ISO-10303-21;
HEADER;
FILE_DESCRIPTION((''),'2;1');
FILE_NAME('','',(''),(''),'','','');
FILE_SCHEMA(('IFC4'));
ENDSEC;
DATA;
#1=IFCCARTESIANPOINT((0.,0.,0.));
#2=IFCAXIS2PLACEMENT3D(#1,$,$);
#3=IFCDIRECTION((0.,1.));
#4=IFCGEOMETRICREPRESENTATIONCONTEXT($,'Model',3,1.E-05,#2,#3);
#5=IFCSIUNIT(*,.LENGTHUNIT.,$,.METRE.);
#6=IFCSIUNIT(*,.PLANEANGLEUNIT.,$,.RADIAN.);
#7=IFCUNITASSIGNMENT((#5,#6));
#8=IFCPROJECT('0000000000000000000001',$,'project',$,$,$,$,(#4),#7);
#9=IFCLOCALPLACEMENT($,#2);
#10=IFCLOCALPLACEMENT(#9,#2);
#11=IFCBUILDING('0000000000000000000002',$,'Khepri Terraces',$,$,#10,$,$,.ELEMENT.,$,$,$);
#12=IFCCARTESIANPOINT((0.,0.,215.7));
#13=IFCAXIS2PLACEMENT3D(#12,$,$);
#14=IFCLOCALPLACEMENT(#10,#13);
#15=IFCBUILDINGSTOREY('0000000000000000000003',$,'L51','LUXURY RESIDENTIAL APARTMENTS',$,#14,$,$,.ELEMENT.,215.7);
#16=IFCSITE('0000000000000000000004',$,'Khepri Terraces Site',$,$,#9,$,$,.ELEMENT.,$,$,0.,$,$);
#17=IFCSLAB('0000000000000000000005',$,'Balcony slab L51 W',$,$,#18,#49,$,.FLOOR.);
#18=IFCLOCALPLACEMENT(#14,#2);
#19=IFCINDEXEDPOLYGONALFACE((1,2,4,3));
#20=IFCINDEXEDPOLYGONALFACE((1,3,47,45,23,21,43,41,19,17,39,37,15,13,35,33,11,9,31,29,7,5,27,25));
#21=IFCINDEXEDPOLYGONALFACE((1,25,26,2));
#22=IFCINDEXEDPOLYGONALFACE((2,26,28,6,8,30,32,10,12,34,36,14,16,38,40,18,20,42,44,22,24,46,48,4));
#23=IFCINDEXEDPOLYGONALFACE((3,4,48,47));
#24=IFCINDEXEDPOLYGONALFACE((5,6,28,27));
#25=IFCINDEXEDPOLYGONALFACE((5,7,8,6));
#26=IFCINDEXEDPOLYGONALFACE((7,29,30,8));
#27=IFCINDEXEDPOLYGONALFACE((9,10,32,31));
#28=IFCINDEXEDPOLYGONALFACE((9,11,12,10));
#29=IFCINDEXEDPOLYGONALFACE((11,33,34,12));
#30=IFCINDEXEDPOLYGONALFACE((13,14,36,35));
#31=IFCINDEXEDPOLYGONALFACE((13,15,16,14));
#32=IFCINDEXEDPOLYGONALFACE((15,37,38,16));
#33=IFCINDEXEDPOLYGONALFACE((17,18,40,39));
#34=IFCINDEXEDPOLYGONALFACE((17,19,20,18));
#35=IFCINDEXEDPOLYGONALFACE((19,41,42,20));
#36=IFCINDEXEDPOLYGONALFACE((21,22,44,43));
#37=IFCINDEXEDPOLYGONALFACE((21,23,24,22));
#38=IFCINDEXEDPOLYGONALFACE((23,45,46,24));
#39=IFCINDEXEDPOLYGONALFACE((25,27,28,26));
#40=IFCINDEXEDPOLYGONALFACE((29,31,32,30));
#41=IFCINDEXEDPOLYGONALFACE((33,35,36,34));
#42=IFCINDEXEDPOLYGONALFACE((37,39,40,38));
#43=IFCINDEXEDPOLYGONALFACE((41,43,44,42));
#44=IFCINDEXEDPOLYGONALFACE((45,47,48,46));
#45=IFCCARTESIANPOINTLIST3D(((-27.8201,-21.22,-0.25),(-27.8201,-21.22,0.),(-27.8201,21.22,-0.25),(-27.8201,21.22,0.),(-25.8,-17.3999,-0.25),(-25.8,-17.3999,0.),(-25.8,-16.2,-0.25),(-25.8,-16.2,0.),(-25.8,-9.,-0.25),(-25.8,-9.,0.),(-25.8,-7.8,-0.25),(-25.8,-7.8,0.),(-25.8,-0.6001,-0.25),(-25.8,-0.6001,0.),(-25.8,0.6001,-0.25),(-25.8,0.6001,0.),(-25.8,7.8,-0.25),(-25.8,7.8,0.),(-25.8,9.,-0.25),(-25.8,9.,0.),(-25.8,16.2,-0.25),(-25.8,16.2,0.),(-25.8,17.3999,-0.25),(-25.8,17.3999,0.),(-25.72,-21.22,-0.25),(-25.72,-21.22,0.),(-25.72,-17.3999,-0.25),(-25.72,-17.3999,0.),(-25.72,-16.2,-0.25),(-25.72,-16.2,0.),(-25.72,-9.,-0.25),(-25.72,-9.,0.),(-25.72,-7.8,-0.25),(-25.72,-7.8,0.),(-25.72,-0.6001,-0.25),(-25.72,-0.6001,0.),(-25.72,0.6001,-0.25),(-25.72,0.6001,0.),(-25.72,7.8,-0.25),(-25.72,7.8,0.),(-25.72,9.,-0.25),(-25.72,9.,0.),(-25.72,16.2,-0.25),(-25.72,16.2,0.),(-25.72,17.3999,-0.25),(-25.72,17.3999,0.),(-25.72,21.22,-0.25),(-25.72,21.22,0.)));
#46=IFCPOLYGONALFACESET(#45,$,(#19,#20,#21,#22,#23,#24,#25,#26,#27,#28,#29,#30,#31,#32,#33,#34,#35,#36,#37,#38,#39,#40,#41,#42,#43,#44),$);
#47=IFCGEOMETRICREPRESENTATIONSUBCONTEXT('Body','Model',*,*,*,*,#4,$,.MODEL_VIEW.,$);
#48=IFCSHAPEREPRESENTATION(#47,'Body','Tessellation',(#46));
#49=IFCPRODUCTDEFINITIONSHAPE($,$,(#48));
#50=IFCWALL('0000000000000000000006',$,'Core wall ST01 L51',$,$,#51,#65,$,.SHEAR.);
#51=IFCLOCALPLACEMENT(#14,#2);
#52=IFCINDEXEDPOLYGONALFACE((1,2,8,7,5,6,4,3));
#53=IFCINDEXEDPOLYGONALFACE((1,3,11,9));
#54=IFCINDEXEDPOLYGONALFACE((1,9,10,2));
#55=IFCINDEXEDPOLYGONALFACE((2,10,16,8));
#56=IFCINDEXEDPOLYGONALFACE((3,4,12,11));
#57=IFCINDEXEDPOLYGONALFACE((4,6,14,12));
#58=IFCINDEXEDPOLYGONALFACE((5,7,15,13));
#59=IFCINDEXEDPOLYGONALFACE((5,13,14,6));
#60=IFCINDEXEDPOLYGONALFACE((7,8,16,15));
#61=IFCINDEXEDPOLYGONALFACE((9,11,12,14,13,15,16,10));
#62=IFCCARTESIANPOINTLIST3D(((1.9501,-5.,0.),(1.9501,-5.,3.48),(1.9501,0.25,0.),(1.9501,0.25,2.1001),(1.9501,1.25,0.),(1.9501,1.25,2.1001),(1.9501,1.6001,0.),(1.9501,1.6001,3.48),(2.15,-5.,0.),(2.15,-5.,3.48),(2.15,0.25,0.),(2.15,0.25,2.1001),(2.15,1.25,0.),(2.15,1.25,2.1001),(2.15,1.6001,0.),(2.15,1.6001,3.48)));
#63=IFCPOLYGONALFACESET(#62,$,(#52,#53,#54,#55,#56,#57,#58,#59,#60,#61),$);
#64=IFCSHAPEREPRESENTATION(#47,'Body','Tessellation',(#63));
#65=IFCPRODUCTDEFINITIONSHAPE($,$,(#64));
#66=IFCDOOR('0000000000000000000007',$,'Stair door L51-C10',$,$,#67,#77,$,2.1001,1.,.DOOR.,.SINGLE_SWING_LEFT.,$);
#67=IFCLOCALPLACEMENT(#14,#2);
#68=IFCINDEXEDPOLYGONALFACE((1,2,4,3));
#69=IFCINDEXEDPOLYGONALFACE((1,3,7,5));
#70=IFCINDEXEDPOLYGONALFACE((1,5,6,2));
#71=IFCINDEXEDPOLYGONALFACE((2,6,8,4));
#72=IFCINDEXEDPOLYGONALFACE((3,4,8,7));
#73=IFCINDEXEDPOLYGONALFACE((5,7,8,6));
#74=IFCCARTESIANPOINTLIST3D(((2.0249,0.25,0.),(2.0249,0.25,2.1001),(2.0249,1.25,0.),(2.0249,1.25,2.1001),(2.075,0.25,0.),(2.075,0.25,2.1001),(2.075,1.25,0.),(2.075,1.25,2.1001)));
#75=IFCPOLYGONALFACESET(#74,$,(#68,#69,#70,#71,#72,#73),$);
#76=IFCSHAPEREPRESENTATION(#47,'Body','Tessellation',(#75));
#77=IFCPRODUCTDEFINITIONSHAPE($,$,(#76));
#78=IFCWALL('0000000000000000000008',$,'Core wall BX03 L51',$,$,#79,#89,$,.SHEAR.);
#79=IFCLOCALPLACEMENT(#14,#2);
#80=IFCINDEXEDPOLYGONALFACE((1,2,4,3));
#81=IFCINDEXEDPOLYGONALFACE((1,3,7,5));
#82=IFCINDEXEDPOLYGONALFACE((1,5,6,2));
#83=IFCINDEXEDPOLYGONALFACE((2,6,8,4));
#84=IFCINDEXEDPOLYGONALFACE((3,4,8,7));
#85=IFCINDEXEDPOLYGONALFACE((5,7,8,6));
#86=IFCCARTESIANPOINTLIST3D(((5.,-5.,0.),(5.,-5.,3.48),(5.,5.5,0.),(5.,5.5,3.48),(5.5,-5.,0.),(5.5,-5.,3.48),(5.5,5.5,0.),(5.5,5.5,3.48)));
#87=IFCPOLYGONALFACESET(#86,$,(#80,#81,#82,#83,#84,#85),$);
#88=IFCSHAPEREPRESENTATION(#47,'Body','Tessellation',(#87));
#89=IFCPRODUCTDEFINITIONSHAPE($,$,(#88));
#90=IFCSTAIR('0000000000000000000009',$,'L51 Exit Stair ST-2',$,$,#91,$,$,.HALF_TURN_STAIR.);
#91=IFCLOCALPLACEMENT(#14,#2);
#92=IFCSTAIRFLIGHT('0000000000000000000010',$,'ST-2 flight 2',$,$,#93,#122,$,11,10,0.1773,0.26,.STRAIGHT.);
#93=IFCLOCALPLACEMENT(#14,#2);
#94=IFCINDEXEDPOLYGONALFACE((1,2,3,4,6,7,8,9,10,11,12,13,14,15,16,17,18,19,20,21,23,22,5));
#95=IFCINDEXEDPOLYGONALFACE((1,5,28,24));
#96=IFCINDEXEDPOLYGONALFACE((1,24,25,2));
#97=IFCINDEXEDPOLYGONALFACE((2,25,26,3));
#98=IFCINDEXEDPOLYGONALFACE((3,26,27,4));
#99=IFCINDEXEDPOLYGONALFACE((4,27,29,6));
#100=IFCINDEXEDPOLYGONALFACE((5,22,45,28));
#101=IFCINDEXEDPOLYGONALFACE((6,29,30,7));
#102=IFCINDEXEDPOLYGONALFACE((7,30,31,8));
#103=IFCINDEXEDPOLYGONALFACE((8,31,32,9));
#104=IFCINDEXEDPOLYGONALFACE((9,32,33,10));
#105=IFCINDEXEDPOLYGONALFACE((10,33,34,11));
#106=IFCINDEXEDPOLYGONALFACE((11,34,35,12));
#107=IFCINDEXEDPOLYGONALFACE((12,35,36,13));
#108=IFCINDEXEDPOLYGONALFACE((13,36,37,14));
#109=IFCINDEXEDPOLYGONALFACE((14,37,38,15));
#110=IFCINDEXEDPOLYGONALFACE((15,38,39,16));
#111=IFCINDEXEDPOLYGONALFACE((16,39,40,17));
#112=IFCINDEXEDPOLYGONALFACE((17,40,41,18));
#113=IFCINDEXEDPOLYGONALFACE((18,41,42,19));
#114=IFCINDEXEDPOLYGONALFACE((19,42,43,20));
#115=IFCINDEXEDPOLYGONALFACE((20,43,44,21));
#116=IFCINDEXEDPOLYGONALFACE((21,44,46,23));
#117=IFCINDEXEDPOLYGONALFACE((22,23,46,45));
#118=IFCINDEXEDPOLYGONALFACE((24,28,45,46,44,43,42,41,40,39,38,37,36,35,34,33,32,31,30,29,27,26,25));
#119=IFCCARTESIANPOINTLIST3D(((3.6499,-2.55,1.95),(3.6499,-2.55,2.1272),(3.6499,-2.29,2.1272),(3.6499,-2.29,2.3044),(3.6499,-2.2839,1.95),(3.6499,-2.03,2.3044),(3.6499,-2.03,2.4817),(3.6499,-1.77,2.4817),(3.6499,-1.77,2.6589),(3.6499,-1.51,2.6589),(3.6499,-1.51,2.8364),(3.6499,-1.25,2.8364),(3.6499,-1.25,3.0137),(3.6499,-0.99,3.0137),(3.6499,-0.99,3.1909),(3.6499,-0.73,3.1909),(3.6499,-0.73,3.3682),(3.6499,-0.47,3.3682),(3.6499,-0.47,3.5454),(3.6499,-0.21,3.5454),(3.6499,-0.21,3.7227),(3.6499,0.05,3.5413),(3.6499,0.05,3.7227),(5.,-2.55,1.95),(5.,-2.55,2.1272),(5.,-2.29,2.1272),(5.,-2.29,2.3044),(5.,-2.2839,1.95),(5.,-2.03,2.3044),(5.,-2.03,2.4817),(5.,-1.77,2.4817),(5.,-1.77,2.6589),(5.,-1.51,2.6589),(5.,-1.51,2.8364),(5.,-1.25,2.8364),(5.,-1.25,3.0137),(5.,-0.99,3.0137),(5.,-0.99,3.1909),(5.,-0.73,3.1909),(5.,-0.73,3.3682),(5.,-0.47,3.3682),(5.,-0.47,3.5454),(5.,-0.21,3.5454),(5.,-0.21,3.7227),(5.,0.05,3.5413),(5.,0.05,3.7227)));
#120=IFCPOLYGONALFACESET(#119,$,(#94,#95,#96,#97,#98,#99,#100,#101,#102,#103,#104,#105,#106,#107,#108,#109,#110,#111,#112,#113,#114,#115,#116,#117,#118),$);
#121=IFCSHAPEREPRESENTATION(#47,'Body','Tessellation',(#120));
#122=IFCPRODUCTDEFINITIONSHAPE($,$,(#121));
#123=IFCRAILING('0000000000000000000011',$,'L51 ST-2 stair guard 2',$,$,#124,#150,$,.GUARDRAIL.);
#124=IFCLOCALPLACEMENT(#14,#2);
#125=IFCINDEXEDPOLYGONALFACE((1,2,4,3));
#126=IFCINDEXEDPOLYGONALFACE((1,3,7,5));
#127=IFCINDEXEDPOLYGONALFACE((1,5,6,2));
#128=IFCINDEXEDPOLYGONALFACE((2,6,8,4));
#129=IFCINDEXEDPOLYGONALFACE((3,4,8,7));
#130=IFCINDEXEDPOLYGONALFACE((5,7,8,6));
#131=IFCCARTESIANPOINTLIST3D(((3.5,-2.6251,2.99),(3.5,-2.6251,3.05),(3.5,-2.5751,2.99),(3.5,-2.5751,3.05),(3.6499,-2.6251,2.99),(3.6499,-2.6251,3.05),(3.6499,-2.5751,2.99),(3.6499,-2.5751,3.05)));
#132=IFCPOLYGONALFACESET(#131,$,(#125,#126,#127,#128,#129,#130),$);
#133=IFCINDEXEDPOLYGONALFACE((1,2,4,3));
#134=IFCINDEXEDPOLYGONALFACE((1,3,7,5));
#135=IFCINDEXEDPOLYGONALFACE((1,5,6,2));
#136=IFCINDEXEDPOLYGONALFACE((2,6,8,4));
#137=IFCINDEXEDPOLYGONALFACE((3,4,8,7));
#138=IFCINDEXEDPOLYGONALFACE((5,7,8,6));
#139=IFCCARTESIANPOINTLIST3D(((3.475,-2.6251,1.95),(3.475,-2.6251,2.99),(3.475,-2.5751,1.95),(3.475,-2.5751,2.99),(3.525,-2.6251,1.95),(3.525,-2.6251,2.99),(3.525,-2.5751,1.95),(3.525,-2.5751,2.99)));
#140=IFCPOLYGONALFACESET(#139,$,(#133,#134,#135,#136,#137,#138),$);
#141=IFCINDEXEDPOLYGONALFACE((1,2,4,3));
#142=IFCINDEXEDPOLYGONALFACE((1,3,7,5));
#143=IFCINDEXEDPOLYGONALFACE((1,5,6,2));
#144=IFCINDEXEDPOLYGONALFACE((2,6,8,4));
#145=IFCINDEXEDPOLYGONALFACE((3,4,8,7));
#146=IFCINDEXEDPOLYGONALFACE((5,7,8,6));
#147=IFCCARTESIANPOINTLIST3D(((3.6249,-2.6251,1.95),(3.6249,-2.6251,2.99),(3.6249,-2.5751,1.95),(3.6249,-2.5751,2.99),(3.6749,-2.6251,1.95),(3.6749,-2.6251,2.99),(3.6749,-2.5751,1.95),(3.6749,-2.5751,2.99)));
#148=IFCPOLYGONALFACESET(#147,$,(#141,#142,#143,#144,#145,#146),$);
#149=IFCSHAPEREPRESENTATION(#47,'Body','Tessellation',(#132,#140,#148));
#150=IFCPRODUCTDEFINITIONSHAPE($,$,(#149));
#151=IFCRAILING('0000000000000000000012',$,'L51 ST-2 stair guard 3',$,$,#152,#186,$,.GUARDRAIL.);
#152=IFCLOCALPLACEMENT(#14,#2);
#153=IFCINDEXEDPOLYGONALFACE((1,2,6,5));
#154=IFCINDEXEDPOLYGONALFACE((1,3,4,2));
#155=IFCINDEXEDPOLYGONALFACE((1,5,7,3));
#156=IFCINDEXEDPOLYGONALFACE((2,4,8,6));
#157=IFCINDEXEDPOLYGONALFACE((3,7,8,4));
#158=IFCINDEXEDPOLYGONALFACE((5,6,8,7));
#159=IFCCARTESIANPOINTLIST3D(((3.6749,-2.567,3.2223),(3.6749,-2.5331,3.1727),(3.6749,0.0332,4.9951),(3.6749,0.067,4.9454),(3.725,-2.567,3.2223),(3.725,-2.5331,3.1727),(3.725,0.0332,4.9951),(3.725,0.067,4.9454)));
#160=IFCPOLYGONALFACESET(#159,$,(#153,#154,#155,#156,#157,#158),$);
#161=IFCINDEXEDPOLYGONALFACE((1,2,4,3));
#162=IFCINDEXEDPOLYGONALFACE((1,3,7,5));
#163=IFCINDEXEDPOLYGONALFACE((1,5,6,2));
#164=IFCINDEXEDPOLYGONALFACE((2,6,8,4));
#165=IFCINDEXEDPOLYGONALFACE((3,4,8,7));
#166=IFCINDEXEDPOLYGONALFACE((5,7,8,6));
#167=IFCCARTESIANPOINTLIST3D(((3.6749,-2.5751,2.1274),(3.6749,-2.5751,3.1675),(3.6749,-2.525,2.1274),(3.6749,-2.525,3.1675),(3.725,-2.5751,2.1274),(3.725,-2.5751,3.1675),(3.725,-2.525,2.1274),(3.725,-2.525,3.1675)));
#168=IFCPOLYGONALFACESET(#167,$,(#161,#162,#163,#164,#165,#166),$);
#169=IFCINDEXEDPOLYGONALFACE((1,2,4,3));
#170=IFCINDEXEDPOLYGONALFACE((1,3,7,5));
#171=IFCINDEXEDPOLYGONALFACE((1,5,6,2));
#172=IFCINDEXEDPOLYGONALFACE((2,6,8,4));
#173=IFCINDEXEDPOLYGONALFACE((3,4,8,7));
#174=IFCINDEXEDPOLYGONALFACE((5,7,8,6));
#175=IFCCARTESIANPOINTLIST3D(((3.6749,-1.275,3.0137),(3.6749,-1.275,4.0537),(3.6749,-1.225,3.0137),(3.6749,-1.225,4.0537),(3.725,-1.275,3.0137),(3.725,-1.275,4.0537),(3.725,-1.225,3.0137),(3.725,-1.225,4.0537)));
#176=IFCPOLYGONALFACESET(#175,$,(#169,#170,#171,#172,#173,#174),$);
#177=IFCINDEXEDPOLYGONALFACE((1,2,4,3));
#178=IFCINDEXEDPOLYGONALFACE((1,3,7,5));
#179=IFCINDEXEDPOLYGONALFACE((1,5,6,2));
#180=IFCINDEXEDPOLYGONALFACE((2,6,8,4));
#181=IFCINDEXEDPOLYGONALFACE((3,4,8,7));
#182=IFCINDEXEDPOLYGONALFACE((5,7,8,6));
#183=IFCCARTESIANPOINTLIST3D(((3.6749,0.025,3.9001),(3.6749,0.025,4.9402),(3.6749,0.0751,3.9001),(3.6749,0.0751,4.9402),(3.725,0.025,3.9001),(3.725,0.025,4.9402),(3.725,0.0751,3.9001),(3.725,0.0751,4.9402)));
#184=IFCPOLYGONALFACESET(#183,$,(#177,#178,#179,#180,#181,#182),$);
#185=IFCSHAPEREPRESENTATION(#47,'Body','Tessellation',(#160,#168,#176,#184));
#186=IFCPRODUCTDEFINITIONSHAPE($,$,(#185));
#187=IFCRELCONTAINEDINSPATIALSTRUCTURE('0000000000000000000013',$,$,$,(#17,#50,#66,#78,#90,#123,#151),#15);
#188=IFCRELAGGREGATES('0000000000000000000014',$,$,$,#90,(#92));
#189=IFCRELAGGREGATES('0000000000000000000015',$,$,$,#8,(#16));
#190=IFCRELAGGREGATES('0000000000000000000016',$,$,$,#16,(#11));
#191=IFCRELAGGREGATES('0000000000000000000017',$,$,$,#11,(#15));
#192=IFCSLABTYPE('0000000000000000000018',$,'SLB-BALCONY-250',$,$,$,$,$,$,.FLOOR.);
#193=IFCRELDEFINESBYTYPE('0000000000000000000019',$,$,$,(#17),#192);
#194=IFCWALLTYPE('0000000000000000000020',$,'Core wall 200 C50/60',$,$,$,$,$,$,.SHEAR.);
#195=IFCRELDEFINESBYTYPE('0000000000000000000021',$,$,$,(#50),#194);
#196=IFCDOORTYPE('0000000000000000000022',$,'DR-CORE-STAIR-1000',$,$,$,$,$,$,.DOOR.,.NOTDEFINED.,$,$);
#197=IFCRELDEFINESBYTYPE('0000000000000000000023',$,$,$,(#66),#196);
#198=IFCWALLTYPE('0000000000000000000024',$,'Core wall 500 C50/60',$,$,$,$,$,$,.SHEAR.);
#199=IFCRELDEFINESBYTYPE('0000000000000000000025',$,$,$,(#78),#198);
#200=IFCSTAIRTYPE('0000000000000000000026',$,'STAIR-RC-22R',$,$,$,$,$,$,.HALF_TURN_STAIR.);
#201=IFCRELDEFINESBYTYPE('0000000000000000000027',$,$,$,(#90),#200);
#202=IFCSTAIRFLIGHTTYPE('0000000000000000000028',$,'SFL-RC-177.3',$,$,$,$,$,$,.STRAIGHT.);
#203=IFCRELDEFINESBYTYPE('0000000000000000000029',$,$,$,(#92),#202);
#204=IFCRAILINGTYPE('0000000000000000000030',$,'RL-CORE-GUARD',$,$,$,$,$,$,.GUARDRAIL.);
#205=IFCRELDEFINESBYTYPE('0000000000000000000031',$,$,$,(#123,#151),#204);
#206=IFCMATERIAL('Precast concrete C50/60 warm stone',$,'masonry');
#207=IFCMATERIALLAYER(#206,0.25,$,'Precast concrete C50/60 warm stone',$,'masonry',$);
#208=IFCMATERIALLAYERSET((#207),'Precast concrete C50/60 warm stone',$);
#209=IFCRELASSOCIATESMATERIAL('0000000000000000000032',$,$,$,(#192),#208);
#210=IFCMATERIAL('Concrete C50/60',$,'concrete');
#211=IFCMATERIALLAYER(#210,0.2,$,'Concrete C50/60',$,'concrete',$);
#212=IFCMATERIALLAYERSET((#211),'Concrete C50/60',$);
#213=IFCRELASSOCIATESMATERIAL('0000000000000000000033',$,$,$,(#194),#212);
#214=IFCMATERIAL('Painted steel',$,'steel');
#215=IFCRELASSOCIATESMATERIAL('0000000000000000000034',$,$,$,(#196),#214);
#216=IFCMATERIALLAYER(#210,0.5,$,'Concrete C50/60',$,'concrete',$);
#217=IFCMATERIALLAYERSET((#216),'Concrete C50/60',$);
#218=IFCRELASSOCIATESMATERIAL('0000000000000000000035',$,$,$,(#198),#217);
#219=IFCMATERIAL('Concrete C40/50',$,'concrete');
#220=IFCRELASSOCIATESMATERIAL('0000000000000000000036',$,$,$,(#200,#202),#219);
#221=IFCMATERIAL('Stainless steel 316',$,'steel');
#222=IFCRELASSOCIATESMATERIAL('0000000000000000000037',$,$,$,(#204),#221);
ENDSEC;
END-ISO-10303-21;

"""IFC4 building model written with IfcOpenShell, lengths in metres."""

from ifc_helpers import new_model, si_unit, direction, frame, frame_2d, origin, origin_2d, place, context, subcontext, project, spatial, polyline, rectangle, outline, extrude, material, layer, layer_set, type_object, element, fill, aggregate, save


model = new_model("IFC4")

# Units and contexts
model_context = context("Model", 3, precision=1e-05, world=origin(), true_north=direction((0.0, 1.0)))
body_context = subcontext(model_context, "Body", "Model", "MODEL_VIEW")
ifc_project = project(units=[si_unit("LENGTHUNIT", "METRE"), si_unit("PLANEANGLEUNIT", "RADIAN")], contexts=[model_context])

# Site, building, storey
site_placement = place(None, origin())
site = spatial("IfcSite", under=ifc_project, at=site_placement, Name="Khepri Terraces Site", CompositionType="ELEMENT", RefElevation=0.0)
building_placement = place(site_placement, origin())
building = spatial("IfcBuilding", under=site, at=building_placement, Name="Khepri Terraces", CompositionType="ELEMENT")
storey_placement = place(building_placement, frame((0.0, 0.0, 215.7)))
storey = spatial("IfcBuildingStorey", under=building, at=storey_placement, Name="L51", Description="LUXURY RESIDENTIAL APARTMENTS", CompositionType="ELEMENT", Elevation=215.7)

# Slab
ifc_material_1 = material(Name="Concrete C40/50", Category="concrete")
ifc_material_2 = material(Name="Precast concrete C50/60 warm stone", Category="masonry")
ifc_layer_1 = layer(ifc_material_2, 0.25, Name="Precast concrete C50/60 warm stone", Category="masonry")
ifc_layer_set_1 = layer_set([ifc_layer_1], Name="Precast concrete C50/60 warm stone")
slab_type_1 = type_object("IfcSlabType", Name="SLB-BALCONY-250", PredefinedType="FLOOR", material=ifc_layer_set_1)
slab_1_placement = place(storey_placement, frame((0.0, 0.0, -0.25)))
element("IfcSlab", 1, at=slab_1_placement, inside=storey, type_object=slab_type_1, Name="Balcony slab L51 W", PredefinedType="FLOOR", context=body_context, shape_type="SweptSolid", body=[
    extrude(outline(polyline([(-25.72, 17.3999), (-25.72, 21.22), (-27.8201, 21.22), (-27.8201, -21.22), (-25.72, -21.22), (-25.72, -17.3999), (-25.8, -17.3999), (-25.8, -16.2), (-25.72, -16.2), (-25.72, -9.0), (-25.8, -9.0), (-25.8, -7.8), (-25.72, -7.8), (-25.72, -0.6001), (-25.8, -0.6001), (-25.8, 0.6001), (-25.72, 0.6001), (-25.72, 7.8), (-25.8, 7.8), (-25.8, 9.0), (-25.72, 9.0), (-25.72, 16.2), (-25.8, 16.2), (-25.8, 17.3999), (-25.72, 17.3999)])), origin(), (0.0, 0.0, 1.0), 0.25),
])

# Wall, opening, door
ifc_material_3 = material(Name="Concrete C50/60", Category="concrete")
ifc_layer_2 = layer(ifc_material_3, 0.2, Name="Concrete C50/60", Category="concrete")
ifc_layer_set_2 = layer_set([ifc_layer_2], Name="Concrete C50/60")
wall_type_1 = type_object("IfcWallType", Name="Core wall 200 C50/60", PredefinedType="SHEAR", material=ifc_layer_set_2)
wall_1_placement = place(storey_placement, frame((2.05, -5.0, 0.0), z_axis=(0.0, 0.0, 1.0), x_axis=(0.0, 1.0, 0.0)))
wall_1 = element("IfcWall", 2, at=wall_1_placement, inside=storey, type_object=wall_type_1, Name="Core wall ST01 L51", PredefinedType="SHEAR", context=body_context, shape_type="SweptSolid", body=[
    extrude(rectangle(XDim=6.6001, YDim=0.2, at=frame_2d((3.3, 0.0))), origin(), (0.0, 0.0, 1.0), 3.48),
])
opening_placement = place(wall_1_placement, frame((5.25, 0.0, 0.0)))
opening = element("IfcOpeningElement", 3, at=opening_placement, cuts=wall_1, PredefinedType="OPENING", context=body_context, shape_type="SweptSolid", body=[
    extrude(rectangle(XDim=1.0, YDim=2.1001, at=frame_2d((0.5, 1.05))), frame((0.0, 0.1099, 0.0), z_axis=(0.0, -1.0, 0.0), x_axis=(1.0, 0.0, 0.0)), (0.0, 0.0, 1.0), 0.22),
])
ifc_material_4 = material(Name="Painted steel", Category="steel")
door_type = type_object("IfcDoorType", Name="DR-CORE-STAIR-1000", OperationType="NOTDEFINED", PredefinedType="DOOR", material=ifc_material_4)
door_placement = place(opening_placement, frame((1.0, 0.0, 0.0), z_axis=(0.0, 0.0, 1.0), x_axis=(-1.0, 0.0, 0.0)))
door = element("IfcDoor", 4, at=door_placement, inside=storey, type_object=door_type, Name="Stair door L51-C10", OperationType="SINGLE_SWING_LEFT", OverallHeight=2.1001, OverallWidth=1.0, PredefinedType="DOOR", context=body_context, shape_type="SweptSolid", body=[
    extrude(rectangle(XDim=1.0, YDim=2.1001, at=frame_2d((0.5, 1.05))), frame((0.0, 0.0249, 0.0), z_axis=(0.0, -1.0, 0.0), x_axis=(1.0, 0.0, 0.0)), (0.0, 0.0, 1.0), 0.05),
])
fill(opening, door)

# Wall
ifc_layer_3 = layer(ifc_material_3, 0.5, Name="Concrete C50/60", Category="concrete")
ifc_layer_set_3 = layer_set([ifc_layer_3], Name="Concrete C50/60")
wall_type_2 = type_object("IfcWallType", Name="Core wall 500 C50/60", PredefinedType="SHEAR", material=ifc_layer_set_3)
wall_2_placement = place(storey_placement, frame((5.25, -5.0, 0.0), z_axis=(0.0, 0.0, 1.0), x_axis=(0.0, 1.0, 0.0)))
element("IfcWall", 5, at=wall_2_placement, inside=storey, type_object=wall_type_2, Name="Core wall BX03 L51", PredefinedType="SHEAR", context=body_context, shape_type="SweptSolid", body=[
    extrude(rectangle(XDim=10.5, YDim=0.5, at=frame_2d((5.25, 0.0))), origin(), (0.0, 0.0, 1.0), 3.48),
])

# Stair, stair flight
stair_type = type_object("IfcStairType", Name="STAIR-RC-22R", PredefinedType="HALF_TURN_STAIR", material=ifc_material_1)
stair_placement = place(storey_placement, origin())
stair = element("IfcStair", 6, at=stair_placement, inside=storey, type_object=stair_type, Name="L51 Exit Stair ST-2", PredefinedType="HALF_TURN_STAIR")
stair_flight_type = type_object("IfcStairFlightType", Name="SFL-RC-177.3", PredefinedType="STRAIGHT", material=ifc_material_1)
stair_flight_placement = place(storey_placement, frame((4.325, -2.55, 1.95), z_axis=(0.0, 0.0, 1.0), x_axis=(0.0, 1.0, 0.0)))
stair_flight = element("IfcStairFlight", 7, at=stair_flight_placement, type_object=stair_flight_type, Name="ST-2 flight 2", NumberOfRisers=11, NumberOfTreads=10, PredefinedType="STRAIGHT", RiserHeight=0.1773, TreadLength=0.26, context=body_context, shape_type="SweptSolid", body=[
    extrude(outline(polyline([(0.0, 0.0), (0.0, 0.1772), (0.26, 0.1772), (0.26, 0.3545), (0.52, 0.3545), (0.52, 0.5317), (0.78, 0.5317), (0.78, 0.709), (1.04, 0.709), (1.04, 0.8865), (1.3, 0.8865), (1.3, 1.0637), (1.5601, 1.0637), (1.5601, 1.241), (1.8201, 1.241), (1.8201, 1.4182), (2.0801, 1.4182), (2.0801, 1.5955), (2.3401, 1.5955), (2.3401, 1.7727), (2.6001, 1.7727), (2.6001, 1.95), (2.6001, 1.5913), (0.2661, 0.0), (0.0, 0.0)])), frame((0.0, 0.675, 0.0), z_axis=(0.0, -1.0, 0.0), x_axis=(1.0, 0.0, 0.0)), (0.0, 0.0, 1.0), 1.3501),
])
aggregate(stair, [stair_flight])

# Railings
ifc_material_5 = material(Name="Stainless steel 316", Category="steel")
railing_type_1 = type_object("IfcRailingType", Name="RL-CORE-GUARD", PredefinedType="GUARDRAIL", material=ifc_material_5)
railing_1_placement = place(storey_placement, frame((3.5, -2.6001, 1.95)))
element("IfcRailing", 8, at=railing_1_placement, inside=storey, type_object=railing_type_1, Name="L51 ST-2 stair guard 2", PredefinedType="GUARDRAIL", context=body_context, shape_type="SweptSolid", body=[
    extrude(rectangle(XDim=0.05, YDim=0.0601, at=origin_2d()), frame((0.0, 0.0, 1.0701), z_axis=(1.0, 0.0, 0.0), x_axis=(0.0, 1.0, 0.0)), (0.0, 0.0, 1.0), 0.1499),
    extrude(rectangle(XDim=0.05, YDim=0.05, at=origin_2d()), origin(), (0.0, 0.0, 1.0), 1.04),
    extrude(rectangle(XDim=0.05, YDim=0.05, at=origin_2d()), frame((0.1499, 0.0, 0.0)), (0.0, 0.0, 1.0), 1.04),
])
railing_2_placement = place(storey_placement, frame((3.7, -2.55, 2.1274)))
element("IfcRailing", 9, at=railing_2_placement, inside=storey, type_object=railing_type_1, Name="L51 ST-2 stair guard 3", PredefinedType="GUARDRAIL", context=body_context, shape_type="SweptSolid", body=[
    extrude(rectangle(XDim=0.05, YDim=0.0601, at=origin_2d()), frame((0.0, 0.0, 1.0701), z_axis=(0.0, 0.82624, 0.563318), x_axis=(-1.0, 0.0, 0.0)), (0.0, 0.0, 1.0), 3.147),
    extrude(rectangle(XDim=0.05, YDim=0.05, at=origin_2d()), origin(), (0.0, 0.0, 1.0), 1.04),
    extrude(rectangle(XDim=0.05, YDim=0.05, at=origin_2d()), frame((0.0, 1.3, 0.8862)), (0.0, 0.0, 1.0), 1.04),
    extrude(rectangle(XDim=0.05, YDim=0.05, at=origin_2d()), frame((0.0, 2.6001, 1.7727)), (0.0, 0.0, 1.0), 1.04),
])

save(model, "model.ifc")
